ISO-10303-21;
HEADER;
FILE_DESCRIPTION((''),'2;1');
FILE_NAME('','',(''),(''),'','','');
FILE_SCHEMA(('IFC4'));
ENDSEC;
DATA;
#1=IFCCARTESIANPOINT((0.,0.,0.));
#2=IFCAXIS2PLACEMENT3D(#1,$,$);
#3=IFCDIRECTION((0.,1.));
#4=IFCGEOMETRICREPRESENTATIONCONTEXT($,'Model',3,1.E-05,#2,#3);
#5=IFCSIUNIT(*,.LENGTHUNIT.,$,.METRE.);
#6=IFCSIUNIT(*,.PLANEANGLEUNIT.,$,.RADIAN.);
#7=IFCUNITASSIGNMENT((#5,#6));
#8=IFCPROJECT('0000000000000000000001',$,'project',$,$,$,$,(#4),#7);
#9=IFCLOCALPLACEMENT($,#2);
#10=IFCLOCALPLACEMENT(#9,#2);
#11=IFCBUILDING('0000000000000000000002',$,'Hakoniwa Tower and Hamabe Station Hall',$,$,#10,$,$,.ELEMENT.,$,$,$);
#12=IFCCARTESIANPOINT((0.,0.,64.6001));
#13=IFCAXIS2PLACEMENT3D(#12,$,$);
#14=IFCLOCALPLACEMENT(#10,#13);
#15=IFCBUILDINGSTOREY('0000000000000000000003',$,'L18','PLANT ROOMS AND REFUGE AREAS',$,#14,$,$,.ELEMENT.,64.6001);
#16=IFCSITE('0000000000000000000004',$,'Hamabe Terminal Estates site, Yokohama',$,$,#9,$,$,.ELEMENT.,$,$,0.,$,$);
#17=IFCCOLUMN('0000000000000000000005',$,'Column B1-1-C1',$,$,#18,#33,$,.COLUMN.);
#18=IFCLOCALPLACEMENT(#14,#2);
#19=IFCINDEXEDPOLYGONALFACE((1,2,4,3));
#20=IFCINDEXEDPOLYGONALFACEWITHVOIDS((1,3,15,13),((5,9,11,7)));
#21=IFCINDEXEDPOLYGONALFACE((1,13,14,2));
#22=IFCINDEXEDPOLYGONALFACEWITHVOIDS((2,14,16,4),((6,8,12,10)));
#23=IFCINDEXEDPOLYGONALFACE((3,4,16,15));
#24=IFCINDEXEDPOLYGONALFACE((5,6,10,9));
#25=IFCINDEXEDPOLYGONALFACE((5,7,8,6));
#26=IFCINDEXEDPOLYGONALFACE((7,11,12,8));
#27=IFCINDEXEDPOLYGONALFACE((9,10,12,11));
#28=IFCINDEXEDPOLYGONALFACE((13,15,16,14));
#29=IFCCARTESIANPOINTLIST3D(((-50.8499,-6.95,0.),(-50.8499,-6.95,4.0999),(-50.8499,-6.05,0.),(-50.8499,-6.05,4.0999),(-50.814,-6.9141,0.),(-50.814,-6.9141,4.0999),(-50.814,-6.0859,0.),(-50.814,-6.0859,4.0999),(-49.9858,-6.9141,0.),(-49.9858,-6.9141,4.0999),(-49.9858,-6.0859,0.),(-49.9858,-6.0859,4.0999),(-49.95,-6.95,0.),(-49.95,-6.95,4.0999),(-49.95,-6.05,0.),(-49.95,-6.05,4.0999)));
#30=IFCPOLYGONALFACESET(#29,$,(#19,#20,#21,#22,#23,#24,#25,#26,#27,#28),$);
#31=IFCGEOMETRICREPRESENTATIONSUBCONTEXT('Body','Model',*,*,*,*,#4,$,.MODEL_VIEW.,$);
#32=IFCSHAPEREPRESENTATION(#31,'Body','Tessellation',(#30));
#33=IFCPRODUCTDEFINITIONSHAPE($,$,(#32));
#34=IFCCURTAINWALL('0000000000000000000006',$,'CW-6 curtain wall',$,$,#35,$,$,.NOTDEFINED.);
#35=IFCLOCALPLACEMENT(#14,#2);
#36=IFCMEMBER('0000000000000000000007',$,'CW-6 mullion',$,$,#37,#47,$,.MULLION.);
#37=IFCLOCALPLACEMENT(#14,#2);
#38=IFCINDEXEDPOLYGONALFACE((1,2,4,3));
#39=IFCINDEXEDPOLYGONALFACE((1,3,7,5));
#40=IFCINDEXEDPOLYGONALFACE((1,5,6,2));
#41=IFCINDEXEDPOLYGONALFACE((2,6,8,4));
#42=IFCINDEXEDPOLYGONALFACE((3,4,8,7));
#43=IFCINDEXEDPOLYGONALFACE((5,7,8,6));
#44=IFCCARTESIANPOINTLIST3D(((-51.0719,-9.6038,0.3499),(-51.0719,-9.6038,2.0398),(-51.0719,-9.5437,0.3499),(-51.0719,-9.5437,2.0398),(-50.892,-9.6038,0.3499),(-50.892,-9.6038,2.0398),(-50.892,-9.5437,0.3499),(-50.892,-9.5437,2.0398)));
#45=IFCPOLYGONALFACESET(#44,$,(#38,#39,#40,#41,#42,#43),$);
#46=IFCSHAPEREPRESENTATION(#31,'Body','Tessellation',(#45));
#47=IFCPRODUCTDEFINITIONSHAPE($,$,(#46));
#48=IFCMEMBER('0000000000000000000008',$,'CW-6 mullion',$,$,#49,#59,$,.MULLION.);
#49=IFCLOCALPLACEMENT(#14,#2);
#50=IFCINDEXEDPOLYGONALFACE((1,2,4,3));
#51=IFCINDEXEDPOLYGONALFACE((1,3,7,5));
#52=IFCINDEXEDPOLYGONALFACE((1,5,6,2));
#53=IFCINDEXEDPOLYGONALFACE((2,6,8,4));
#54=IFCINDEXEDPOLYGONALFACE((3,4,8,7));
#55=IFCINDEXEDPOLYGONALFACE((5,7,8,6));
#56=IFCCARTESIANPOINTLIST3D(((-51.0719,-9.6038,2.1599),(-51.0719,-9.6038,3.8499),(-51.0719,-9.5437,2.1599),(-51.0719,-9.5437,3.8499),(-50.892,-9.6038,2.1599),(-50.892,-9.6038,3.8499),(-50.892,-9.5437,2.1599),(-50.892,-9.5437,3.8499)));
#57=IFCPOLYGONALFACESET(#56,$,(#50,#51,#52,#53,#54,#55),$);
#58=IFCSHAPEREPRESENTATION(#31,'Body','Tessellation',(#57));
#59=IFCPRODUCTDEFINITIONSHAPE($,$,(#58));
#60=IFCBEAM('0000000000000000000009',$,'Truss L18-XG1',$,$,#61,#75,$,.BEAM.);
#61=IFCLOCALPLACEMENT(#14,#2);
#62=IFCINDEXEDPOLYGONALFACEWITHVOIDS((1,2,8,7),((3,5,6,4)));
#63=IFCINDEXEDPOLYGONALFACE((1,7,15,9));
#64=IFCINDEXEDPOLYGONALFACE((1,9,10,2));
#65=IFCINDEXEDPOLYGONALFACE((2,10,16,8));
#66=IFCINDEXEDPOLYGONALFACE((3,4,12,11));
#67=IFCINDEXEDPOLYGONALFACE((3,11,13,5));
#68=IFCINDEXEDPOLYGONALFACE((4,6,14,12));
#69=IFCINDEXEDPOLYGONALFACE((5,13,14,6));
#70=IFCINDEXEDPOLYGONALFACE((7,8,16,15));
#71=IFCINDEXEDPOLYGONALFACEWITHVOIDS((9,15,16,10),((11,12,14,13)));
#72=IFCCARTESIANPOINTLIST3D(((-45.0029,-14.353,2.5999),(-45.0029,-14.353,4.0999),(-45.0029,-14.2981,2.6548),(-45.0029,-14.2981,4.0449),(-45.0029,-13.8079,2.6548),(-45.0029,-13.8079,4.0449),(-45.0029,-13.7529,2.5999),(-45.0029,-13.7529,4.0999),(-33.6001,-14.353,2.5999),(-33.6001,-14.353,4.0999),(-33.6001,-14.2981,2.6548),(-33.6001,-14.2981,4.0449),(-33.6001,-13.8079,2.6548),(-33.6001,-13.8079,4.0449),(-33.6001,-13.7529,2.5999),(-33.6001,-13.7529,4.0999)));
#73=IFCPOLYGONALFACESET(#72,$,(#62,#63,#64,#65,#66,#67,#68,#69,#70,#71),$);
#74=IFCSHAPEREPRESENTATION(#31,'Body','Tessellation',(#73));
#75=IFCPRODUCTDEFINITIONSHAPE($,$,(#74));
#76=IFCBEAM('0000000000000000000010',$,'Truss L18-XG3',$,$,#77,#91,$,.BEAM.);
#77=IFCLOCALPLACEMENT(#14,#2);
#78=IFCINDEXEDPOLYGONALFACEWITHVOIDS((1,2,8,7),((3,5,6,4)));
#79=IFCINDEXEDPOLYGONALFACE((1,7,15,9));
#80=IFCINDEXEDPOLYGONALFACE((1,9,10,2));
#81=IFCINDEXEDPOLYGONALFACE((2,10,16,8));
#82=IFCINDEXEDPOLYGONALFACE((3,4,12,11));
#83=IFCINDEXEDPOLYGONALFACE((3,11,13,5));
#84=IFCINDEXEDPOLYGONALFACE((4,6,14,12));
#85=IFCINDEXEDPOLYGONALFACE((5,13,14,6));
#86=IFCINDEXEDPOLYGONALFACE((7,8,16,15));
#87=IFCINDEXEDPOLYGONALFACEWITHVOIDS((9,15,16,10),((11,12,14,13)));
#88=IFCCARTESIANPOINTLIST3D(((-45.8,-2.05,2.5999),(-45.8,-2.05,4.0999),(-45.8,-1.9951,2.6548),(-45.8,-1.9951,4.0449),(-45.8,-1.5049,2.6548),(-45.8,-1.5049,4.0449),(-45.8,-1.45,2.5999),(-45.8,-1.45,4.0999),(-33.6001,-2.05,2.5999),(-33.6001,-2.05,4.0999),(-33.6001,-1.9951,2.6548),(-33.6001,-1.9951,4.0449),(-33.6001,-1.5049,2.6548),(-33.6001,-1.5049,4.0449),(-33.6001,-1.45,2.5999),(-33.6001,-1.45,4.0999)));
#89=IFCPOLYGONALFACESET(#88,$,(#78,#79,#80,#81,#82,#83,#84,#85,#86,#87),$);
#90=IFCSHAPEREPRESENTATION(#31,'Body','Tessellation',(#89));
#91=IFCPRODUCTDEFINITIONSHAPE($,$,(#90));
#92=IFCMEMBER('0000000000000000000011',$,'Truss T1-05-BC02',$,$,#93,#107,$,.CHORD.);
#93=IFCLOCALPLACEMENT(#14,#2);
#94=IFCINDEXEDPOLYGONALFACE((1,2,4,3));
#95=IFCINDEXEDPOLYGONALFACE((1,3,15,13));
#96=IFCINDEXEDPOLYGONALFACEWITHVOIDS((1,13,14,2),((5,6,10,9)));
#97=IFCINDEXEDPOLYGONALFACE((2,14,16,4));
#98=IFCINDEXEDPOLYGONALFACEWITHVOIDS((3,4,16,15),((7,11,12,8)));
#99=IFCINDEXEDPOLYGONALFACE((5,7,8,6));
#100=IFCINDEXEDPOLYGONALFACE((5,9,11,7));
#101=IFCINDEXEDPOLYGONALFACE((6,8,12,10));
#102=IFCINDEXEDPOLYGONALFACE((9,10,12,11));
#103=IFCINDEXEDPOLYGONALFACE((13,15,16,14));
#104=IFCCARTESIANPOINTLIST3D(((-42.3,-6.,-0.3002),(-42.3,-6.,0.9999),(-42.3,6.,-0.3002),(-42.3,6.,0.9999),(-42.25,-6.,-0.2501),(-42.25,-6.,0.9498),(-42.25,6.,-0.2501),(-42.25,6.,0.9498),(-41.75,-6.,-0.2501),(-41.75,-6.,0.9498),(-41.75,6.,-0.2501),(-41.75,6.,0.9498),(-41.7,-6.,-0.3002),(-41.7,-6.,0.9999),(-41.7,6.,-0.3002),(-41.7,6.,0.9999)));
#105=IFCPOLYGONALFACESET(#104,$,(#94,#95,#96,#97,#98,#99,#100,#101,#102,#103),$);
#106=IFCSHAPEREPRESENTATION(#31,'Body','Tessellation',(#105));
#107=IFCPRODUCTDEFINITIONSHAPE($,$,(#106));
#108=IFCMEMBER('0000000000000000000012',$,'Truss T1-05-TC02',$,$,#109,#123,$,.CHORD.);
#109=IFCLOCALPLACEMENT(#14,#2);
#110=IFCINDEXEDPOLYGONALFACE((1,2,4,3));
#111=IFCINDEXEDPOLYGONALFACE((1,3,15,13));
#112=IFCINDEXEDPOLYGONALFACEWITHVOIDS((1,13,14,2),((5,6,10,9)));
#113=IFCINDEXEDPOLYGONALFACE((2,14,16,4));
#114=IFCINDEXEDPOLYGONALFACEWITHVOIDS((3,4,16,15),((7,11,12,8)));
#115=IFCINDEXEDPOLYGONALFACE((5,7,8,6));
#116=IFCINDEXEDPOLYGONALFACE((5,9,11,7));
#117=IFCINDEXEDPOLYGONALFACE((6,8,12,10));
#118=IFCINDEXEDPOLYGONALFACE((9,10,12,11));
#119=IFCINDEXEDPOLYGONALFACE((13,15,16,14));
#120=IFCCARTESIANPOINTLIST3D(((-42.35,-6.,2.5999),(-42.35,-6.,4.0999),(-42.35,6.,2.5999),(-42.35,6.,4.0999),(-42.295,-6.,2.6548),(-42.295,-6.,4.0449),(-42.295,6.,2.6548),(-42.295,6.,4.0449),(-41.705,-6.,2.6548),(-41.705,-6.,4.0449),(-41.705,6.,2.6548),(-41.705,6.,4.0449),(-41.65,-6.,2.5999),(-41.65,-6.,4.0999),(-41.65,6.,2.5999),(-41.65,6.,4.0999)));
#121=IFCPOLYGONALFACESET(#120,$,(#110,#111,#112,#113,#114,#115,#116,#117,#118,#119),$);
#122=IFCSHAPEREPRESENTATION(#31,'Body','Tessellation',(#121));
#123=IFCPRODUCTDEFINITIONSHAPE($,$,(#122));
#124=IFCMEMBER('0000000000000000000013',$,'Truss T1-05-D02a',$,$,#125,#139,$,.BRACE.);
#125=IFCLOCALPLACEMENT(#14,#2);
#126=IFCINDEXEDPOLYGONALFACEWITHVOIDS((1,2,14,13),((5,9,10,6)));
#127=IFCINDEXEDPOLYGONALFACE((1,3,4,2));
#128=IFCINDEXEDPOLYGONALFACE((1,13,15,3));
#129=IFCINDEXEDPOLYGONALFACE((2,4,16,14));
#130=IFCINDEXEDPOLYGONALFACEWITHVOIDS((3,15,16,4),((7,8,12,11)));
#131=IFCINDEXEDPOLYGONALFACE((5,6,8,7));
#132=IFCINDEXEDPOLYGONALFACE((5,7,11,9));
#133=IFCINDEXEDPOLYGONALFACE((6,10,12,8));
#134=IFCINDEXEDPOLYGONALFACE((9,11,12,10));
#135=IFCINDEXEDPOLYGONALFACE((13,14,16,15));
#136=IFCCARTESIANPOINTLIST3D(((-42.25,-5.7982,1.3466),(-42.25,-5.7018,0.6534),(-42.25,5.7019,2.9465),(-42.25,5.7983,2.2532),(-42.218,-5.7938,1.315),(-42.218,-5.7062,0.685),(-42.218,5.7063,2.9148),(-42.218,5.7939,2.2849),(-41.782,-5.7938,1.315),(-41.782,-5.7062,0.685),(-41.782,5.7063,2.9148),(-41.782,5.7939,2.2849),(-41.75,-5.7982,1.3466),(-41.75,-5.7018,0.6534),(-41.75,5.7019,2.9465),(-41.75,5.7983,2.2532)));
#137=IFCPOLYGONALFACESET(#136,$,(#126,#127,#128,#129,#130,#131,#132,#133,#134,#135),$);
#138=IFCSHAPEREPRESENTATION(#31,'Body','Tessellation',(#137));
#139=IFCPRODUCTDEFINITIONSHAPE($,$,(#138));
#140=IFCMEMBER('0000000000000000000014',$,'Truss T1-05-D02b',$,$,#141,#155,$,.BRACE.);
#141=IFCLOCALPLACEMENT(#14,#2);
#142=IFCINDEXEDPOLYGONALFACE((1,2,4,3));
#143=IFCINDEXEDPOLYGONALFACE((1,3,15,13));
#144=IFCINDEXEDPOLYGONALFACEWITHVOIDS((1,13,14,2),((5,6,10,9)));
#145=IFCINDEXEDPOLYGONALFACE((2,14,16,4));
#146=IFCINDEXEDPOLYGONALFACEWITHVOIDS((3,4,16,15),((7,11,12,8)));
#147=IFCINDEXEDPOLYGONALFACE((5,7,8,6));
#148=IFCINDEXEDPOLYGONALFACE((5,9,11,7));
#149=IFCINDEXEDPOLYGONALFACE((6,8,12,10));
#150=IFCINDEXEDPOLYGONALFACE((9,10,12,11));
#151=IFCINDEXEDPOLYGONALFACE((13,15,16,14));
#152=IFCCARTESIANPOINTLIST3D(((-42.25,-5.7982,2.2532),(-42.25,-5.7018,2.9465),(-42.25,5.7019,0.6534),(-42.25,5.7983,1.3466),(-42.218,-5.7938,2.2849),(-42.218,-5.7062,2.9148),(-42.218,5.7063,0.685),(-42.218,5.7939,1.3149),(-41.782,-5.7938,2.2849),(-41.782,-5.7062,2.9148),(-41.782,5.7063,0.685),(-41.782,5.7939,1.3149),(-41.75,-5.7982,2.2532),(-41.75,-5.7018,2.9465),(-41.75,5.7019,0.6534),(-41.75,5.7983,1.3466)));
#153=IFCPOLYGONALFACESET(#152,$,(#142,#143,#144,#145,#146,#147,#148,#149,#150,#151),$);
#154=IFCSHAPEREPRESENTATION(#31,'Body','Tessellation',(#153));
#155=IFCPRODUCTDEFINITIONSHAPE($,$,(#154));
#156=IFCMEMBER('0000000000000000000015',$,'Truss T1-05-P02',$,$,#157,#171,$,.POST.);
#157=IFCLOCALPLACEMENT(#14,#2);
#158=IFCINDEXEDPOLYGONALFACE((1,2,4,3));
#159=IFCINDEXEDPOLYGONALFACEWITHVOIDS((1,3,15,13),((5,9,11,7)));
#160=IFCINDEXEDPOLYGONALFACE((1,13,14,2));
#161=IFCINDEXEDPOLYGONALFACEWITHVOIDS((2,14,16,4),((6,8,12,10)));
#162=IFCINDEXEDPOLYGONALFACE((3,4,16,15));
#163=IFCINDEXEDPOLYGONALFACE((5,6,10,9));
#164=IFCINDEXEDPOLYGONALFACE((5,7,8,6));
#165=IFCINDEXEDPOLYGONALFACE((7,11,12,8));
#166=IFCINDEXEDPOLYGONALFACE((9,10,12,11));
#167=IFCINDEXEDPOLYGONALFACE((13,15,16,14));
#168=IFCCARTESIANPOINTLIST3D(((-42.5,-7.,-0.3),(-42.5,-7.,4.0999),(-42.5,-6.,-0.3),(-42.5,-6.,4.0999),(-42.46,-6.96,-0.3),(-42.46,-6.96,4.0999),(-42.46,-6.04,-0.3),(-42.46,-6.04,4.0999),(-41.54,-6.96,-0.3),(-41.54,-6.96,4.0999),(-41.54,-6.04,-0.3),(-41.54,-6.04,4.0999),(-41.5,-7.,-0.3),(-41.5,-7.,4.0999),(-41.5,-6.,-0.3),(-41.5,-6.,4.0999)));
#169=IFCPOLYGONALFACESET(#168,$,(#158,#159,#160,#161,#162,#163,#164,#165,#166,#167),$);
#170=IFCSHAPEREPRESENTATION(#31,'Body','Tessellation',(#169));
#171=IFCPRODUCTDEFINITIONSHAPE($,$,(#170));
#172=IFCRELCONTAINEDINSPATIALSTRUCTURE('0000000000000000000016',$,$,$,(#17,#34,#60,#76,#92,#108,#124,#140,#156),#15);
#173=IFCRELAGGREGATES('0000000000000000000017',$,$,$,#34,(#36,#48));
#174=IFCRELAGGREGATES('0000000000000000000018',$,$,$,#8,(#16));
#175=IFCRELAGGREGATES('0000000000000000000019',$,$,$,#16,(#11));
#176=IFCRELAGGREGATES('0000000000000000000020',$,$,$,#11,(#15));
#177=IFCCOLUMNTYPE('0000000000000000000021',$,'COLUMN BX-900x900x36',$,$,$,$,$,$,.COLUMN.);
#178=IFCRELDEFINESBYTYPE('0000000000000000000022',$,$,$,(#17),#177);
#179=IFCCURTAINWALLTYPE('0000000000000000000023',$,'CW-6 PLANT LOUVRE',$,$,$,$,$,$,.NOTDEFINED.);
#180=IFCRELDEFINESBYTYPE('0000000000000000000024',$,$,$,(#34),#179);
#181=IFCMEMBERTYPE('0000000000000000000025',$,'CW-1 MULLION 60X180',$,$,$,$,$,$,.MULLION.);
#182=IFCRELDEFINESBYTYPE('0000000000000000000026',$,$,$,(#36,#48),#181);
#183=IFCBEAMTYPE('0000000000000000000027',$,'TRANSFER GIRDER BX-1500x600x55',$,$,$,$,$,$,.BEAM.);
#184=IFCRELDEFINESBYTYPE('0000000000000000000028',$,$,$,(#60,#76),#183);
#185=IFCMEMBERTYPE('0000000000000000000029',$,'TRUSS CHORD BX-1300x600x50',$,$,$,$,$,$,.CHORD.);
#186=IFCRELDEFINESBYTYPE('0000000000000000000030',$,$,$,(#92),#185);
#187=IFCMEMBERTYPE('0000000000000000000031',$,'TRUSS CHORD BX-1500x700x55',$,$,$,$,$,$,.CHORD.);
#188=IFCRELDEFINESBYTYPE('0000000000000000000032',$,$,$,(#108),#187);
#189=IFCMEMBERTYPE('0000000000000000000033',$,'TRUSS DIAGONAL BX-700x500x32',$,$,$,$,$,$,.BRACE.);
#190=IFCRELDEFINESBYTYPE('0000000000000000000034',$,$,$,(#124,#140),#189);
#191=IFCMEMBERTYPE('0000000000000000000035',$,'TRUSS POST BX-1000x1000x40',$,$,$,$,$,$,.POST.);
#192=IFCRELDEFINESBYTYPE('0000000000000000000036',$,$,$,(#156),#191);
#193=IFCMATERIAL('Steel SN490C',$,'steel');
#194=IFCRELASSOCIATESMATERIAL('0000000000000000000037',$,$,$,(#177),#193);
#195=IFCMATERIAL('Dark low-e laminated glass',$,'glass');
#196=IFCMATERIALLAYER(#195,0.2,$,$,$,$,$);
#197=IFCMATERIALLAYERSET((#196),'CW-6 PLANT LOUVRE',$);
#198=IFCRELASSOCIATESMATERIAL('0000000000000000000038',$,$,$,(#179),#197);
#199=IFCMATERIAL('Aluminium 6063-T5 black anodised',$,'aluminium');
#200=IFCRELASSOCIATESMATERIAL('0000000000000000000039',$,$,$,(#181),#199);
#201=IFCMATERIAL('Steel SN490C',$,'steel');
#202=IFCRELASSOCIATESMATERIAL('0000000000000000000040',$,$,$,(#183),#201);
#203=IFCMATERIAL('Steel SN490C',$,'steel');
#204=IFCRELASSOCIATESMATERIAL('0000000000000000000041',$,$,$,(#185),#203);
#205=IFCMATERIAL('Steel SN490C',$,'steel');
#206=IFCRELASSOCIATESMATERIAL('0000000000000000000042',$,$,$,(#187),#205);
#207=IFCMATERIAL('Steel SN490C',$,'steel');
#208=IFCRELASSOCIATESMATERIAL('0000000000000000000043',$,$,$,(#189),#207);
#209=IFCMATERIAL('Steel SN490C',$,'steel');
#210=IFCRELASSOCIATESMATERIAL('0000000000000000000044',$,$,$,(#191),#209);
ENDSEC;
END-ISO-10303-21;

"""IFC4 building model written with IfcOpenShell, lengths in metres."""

from ifc_helpers import new_model, si_unit, direction, frame, origin, origin_2d, place, context, subcontext, project, spatial, rectangle, hollow_rectangle, extrude, material, layer, layer_set, material_profile, profile_set, type_object, element, aggregate, save


model = new_model("IFC4")

# Units and contexts
model_context = context("Model", 3, precision=1e-05, world=origin(), true_north=direction((0.0, 1.0)))
body_context = subcontext(model_context, "Body", "Model", "MODEL_VIEW")
ifc_project = project(units=[si_unit("LENGTHUNIT", "METRE"), si_unit("PLANEANGLEUNIT", "RADIAN")], contexts=[model_context])

# Site, building, storey
site_placement = place(None, origin())
site = spatial("IfcSite", under=ifc_project, at=site_placement, Name="Hamabe Terminal Estates site, Yokohama", CompositionType="ELEMENT", RefElevation=0.0)
building_placement = place(site_placement, origin())
building = spatial("IfcBuilding", under=site, at=building_placement, Name="Hakoniwa Tower and Hamabe Station Hall", CompositionType="ELEMENT")
storey_placement = place(building_placement, frame((0.0, 0.0, 64.6001)))
storey = spatial("IfcBuildingStorey", under=building, at=storey_placement, Name="L18", Description="PLANT ROOMS AND REFUGE AREAS", CompositionType="ELEMENT", Elevation=64.6001)

# Column
ifc_material_1 = material(Name="Steel SN490C", Category="steel")
ifc_material_profile_1 = material_profile(ifc_material_1, hollow_rectangle(XDim=0.8999, YDim=0.8999, WallThickness=0.0359, at=origin_2d()), Name="BX-900x900x36")
ifc_profile_set_1 = profile_set([ifc_material_profile_1], Name="Steel SN490C")
column_type = type_object("IfcColumnType", Name="COLUMN BX-900x900x36", PredefinedType="COLUMN", material=ifc_profile_set_1)
column_placement = place(storey_placement, frame((-50.3999, -6.5, 0.0), z_axis=(0.0, 0.0, 1.0), x_axis=(1.0, 0.0, 0.0)))
element("IfcColumn", 1, at=column_placement, inside=storey, type_object=column_type, Name="Column B1-1-C1", PredefinedType="COLUMN", context=body_context, shape_type="SweptSolid", body=[
    extrude(hollow_rectangle(XDim=0.8999, YDim=0.8999, WallThickness=0.0359, at=origin_2d()), origin(), (0.0, 0.0, 1.0), 4.0999),
])

# Curtain wall, members
ifc_material_2 = material(Name="Dark low-e laminated glass", Category="glass")
ifc_layer_1 = layer(ifc_material_2, 0.2)
ifc_layer_set_1 = layer_set([ifc_layer_1], Name="CW-6 PLANT LOUVRE")
curtain_wall_type = type_object("IfcCurtainWallType", Name="CW-6 PLANT LOUVRE", PredefinedType="NOTDEFINED", material=ifc_layer_set_1)
curtain_wall_placement = place(storey_placement, origin())
curtain_wall = element("IfcCurtainWall", 2, at=curtain_wall_placement, inside=storey, type_object=curtain_wall_type, Name="CW-6 curtain wall", PredefinedType="NOTDEFINED")
ifc_material_3 = material(Name="Aluminium 6063-T5 black anodised", Category="aluminium")
ifc_material_profile_2 = material_profile(ifc_material_3, rectangle(XDim=0.0601, YDim=0.1799, at=origin_2d()), Name="CW-1 MULLION 60X180")
ifc_profile_set_2 = profile_set([ifc_material_profile_2], Name="Aluminium 6063-T5 black anodised")
member_type_1 = type_object("IfcMemberType", Name="CW-1 MULLION 60X180", PredefinedType="MULLION", material=ifc_profile_set_2)
member_1_placement = place(storey_placement, frame((-50.9819, -9.5737, 0.3499), z_axis=(0.0, 0.0, 1.0), x_axis=(0.0, -1.0, 0.0)))
member_1 = element("IfcMember", 3, at=member_1_placement, type_object=member_type_1, Name="CW-6 mullion", PredefinedType="MULLION", context=body_context, shape_type="SweptSolid", body=[
    extrude(rectangle(XDim=0.0601, YDim=0.1799, at=origin_2d()), origin(), (0.0, 0.0, 1.0), 1.6899),
])
member_2_placement = place(storey_placement, frame((-50.9819, -9.5737, 2.1599), z_axis=(0.0, 0.0, 1.0), x_axis=(0.0, -1.0, 0.0)))
member_2 = element("IfcMember", 4, at=member_2_placement, type_object=member_type_1, Name="CW-6 mullion", PredefinedType="MULLION", context=body_context, shape_type="SweptSolid", body=[
    extrude(rectangle(XDim=0.0601, YDim=0.1799, at=origin_2d()), origin(), (0.0, 0.0, 1.0), 1.6899),
])

# Beams
ifc_material_4 = material(Name="Steel SN490C", Category="steel")
ifc_material_profile_3 = material_profile(ifc_material_4, hollow_rectangle(XDim=0.6001, YDim=1.5, WallThickness=0.0549, at=origin_2d()), Name="BX-1500x600x55")
ifc_profile_set_3 = profile_set([ifc_material_profile_3], Name="Steel SN490C")
beam_type = type_object("IfcBeamType", Name="TRANSFER GIRDER BX-1500x600x55", PredefinedType="BEAM", material=ifc_profile_set_3)
beam_1_placement = place(storey_placement, frame((-45.0029, -14.053, 3.3499), z_axis=(1.0, 0.0, 0.0), x_axis=(0.0, 1.0, 0.0)))
element("IfcBeam", 5, at=beam_1_placement, inside=storey, type_object=beam_type, Name="Truss L18-XG1", PredefinedType="BEAM", context=body_context, shape_type="SweptSolid", body=[
    extrude(hollow_rectangle(XDim=0.6001, YDim=1.5, WallThickness=0.0549, at=origin_2d()), origin(), (0.0, 0.0, 1.0), 11.4028),
])
beam_2_placement = place(storey_placement, frame((-45.8, -1.75, 3.3499), z_axis=(1.0, 0.0, 0.0), x_axis=(0.0, 1.0, 0.0)))
element("IfcBeam", 6, at=beam_2_placement, inside=storey, type_object=beam_type, Name="Truss L18-XG3", PredefinedType="BEAM", context=body_context, shape_type="SweptSolid", body=[
    extrude(hollow_rectangle(XDim=0.6001, YDim=1.5, WallThickness=0.0549, at=origin_2d()), origin(), (0.0, 0.0, 1.0), 12.2),
])

# Members
ifc_material_5 = material(Name="Steel SN490C", Category="steel")
ifc_material_profile_4 = material_profile(ifc_material_5, hollow_rectangle(XDim=0.6001, YDim=1.3, WallThickness=0.05, at=origin_2d()), Name="BX-1300x600x50")
ifc_profile_set_4 = profile_set([ifc_material_profile_4], Name="Steel SN490C")
member_type_2 = type_object("IfcMemberType", Name="TRUSS CHORD BX-1300x600x50", PredefinedType="CHORD", material=ifc_profile_set_4)
member_3_placement = place(storey_placement, frame((-42.0, -6.0, 0.3499), z_axis=(0.0, 1.0, 0.0), x_axis=(-1.0, 0.0, 0.0)))
element("IfcMember", 7, at=member_3_placement, inside=storey, type_object=member_type_2, Name="Truss T1-05-BC02", PredefinedType="CHORD", context=body_context, shape_type="SweptSolid", body=[
    extrude(hollow_rectangle(XDim=0.6001, YDim=1.3, WallThickness=0.05, at=origin_2d()), origin(), (0.0, 0.0, 1.0), 12.0),
])
ifc_material_6 = material(Name="Steel SN490C", Category="steel")
ifc_material_profile_5 = material_profile(ifc_material_6, hollow_rectangle(XDim=0.7, YDim=1.5, WallThickness=0.0549, at=origin_2d()), Name="BX-1500x700x55")
ifc_profile_set_5 = profile_set([ifc_material_profile_5], Name="Steel SN490C")
member_type_3 = type_object("IfcMemberType", Name="TRUSS CHORD BX-1500x700x55", PredefinedType="CHORD", material=ifc_profile_set_5)
member_4_placement = place(storey_placement, frame((-42.0, -6.0, 3.3499), z_axis=(0.0, 1.0, 0.0), x_axis=(-1.0, 0.0, 0.0)))
element("IfcMember", 8, at=member_4_placement, inside=storey, type_object=member_type_3, Name="Truss T1-05-TC02", PredefinedType="CHORD", context=body_context, shape_type="SweptSolid", body=[
    extrude(hollow_rectangle(XDim=0.7, YDim=1.5, WallThickness=0.0549, at=origin_2d()), origin(), (0.0, 0.0, 1.0), 12.0),
])
ifc_material_7 = material(Name="Steel SN490C", Category="steel")
ifc_material_profile_6 = material_profile(ifc_material_7, hollow_rectangle(XDim=0.5, YDim=0.7, WallThickness=0.032, at=origin_2d()), Name="BX-700x500x32")
ifc_profile_set_6 = profile_set([ifc_material_profile_6], Name="Steel SN490C")
member_type_4 = type_object("IfcMemberType", Name="TRUSS DIAGONAL BX-700x500x32", PredefinedType="BRACE", material=ifc_profile_set_6)
for number, where, z_axis, x_axis, name in (
    (9, (-42.0, -5.75, 1.0), (0.0, 0.990461, 0.137791), (-1.0, 0.0, 0.0), "Truss T1-05-D02a"),
    (10, (-42.0, -5.75, 2.5999), (0.0, 0.990461, -0.137791), (-1.0, 0.0, 0.0), "Truss T1-05-D02b"),
):
    element("IfcMember", number, at=place(storey_placement, frame(where, z_axis=z_axis, x_axis=x_axis)), inside=storey, type_object=member_type_4, Name=name, PredefinedType="BRACE", context=body_context, shape_type="SweptSolid", body=[
        extrude(hollow_rectangle(XDim=0.5, YDim=0.7, WallThickness=0.032, at=origin_2d()), origin(), (0.0, 0.0, 1.0), 11.6108),
    ])
ifc_material_8 = material(Name="Steel SN490C", Category="steel")
ifc_material_profile_7 = material_profile(ifc_material_8, hollow_rectangle(XDim=1.0, YDim=1.0, WallThickness=0.04, at=origin_2d()), Name="BX-1000x1000x40")
ifc_profile_set_7 = profile_set([ifc_material_profile_7], Name="Steel SN490C")
member_type_5 = type_object("IfcMemberType", Name="TRUSS POST BX-1000x1000x40", PredefinedType="POST", material=ifc_profile_set_7)
member_5_placement = place(storey_placement, frame((-42.0, -6.5, -0.3), z_axis=(0.0, 0.0, 1.0), x_axis=(1.0, 0.0, 0.0)))
element("IfcMember", 11, at=member_5_placement, inside=storey, type_object=member_type_5, Name="Truss T1-05-P02", PredefinedType="POST", context=body_context, shape_type="SweptSolid", body=[
    extrude(hollow_rectangle(XDim=1.0, YDim=1.0, WallThickness=0.04, at=origin_2d()), origin(), (0.0, 0.0, 1.0), 4.3999),
])

aggregate(curtain_wall, [member_1, member_2])

save(model, "model.ifc")
